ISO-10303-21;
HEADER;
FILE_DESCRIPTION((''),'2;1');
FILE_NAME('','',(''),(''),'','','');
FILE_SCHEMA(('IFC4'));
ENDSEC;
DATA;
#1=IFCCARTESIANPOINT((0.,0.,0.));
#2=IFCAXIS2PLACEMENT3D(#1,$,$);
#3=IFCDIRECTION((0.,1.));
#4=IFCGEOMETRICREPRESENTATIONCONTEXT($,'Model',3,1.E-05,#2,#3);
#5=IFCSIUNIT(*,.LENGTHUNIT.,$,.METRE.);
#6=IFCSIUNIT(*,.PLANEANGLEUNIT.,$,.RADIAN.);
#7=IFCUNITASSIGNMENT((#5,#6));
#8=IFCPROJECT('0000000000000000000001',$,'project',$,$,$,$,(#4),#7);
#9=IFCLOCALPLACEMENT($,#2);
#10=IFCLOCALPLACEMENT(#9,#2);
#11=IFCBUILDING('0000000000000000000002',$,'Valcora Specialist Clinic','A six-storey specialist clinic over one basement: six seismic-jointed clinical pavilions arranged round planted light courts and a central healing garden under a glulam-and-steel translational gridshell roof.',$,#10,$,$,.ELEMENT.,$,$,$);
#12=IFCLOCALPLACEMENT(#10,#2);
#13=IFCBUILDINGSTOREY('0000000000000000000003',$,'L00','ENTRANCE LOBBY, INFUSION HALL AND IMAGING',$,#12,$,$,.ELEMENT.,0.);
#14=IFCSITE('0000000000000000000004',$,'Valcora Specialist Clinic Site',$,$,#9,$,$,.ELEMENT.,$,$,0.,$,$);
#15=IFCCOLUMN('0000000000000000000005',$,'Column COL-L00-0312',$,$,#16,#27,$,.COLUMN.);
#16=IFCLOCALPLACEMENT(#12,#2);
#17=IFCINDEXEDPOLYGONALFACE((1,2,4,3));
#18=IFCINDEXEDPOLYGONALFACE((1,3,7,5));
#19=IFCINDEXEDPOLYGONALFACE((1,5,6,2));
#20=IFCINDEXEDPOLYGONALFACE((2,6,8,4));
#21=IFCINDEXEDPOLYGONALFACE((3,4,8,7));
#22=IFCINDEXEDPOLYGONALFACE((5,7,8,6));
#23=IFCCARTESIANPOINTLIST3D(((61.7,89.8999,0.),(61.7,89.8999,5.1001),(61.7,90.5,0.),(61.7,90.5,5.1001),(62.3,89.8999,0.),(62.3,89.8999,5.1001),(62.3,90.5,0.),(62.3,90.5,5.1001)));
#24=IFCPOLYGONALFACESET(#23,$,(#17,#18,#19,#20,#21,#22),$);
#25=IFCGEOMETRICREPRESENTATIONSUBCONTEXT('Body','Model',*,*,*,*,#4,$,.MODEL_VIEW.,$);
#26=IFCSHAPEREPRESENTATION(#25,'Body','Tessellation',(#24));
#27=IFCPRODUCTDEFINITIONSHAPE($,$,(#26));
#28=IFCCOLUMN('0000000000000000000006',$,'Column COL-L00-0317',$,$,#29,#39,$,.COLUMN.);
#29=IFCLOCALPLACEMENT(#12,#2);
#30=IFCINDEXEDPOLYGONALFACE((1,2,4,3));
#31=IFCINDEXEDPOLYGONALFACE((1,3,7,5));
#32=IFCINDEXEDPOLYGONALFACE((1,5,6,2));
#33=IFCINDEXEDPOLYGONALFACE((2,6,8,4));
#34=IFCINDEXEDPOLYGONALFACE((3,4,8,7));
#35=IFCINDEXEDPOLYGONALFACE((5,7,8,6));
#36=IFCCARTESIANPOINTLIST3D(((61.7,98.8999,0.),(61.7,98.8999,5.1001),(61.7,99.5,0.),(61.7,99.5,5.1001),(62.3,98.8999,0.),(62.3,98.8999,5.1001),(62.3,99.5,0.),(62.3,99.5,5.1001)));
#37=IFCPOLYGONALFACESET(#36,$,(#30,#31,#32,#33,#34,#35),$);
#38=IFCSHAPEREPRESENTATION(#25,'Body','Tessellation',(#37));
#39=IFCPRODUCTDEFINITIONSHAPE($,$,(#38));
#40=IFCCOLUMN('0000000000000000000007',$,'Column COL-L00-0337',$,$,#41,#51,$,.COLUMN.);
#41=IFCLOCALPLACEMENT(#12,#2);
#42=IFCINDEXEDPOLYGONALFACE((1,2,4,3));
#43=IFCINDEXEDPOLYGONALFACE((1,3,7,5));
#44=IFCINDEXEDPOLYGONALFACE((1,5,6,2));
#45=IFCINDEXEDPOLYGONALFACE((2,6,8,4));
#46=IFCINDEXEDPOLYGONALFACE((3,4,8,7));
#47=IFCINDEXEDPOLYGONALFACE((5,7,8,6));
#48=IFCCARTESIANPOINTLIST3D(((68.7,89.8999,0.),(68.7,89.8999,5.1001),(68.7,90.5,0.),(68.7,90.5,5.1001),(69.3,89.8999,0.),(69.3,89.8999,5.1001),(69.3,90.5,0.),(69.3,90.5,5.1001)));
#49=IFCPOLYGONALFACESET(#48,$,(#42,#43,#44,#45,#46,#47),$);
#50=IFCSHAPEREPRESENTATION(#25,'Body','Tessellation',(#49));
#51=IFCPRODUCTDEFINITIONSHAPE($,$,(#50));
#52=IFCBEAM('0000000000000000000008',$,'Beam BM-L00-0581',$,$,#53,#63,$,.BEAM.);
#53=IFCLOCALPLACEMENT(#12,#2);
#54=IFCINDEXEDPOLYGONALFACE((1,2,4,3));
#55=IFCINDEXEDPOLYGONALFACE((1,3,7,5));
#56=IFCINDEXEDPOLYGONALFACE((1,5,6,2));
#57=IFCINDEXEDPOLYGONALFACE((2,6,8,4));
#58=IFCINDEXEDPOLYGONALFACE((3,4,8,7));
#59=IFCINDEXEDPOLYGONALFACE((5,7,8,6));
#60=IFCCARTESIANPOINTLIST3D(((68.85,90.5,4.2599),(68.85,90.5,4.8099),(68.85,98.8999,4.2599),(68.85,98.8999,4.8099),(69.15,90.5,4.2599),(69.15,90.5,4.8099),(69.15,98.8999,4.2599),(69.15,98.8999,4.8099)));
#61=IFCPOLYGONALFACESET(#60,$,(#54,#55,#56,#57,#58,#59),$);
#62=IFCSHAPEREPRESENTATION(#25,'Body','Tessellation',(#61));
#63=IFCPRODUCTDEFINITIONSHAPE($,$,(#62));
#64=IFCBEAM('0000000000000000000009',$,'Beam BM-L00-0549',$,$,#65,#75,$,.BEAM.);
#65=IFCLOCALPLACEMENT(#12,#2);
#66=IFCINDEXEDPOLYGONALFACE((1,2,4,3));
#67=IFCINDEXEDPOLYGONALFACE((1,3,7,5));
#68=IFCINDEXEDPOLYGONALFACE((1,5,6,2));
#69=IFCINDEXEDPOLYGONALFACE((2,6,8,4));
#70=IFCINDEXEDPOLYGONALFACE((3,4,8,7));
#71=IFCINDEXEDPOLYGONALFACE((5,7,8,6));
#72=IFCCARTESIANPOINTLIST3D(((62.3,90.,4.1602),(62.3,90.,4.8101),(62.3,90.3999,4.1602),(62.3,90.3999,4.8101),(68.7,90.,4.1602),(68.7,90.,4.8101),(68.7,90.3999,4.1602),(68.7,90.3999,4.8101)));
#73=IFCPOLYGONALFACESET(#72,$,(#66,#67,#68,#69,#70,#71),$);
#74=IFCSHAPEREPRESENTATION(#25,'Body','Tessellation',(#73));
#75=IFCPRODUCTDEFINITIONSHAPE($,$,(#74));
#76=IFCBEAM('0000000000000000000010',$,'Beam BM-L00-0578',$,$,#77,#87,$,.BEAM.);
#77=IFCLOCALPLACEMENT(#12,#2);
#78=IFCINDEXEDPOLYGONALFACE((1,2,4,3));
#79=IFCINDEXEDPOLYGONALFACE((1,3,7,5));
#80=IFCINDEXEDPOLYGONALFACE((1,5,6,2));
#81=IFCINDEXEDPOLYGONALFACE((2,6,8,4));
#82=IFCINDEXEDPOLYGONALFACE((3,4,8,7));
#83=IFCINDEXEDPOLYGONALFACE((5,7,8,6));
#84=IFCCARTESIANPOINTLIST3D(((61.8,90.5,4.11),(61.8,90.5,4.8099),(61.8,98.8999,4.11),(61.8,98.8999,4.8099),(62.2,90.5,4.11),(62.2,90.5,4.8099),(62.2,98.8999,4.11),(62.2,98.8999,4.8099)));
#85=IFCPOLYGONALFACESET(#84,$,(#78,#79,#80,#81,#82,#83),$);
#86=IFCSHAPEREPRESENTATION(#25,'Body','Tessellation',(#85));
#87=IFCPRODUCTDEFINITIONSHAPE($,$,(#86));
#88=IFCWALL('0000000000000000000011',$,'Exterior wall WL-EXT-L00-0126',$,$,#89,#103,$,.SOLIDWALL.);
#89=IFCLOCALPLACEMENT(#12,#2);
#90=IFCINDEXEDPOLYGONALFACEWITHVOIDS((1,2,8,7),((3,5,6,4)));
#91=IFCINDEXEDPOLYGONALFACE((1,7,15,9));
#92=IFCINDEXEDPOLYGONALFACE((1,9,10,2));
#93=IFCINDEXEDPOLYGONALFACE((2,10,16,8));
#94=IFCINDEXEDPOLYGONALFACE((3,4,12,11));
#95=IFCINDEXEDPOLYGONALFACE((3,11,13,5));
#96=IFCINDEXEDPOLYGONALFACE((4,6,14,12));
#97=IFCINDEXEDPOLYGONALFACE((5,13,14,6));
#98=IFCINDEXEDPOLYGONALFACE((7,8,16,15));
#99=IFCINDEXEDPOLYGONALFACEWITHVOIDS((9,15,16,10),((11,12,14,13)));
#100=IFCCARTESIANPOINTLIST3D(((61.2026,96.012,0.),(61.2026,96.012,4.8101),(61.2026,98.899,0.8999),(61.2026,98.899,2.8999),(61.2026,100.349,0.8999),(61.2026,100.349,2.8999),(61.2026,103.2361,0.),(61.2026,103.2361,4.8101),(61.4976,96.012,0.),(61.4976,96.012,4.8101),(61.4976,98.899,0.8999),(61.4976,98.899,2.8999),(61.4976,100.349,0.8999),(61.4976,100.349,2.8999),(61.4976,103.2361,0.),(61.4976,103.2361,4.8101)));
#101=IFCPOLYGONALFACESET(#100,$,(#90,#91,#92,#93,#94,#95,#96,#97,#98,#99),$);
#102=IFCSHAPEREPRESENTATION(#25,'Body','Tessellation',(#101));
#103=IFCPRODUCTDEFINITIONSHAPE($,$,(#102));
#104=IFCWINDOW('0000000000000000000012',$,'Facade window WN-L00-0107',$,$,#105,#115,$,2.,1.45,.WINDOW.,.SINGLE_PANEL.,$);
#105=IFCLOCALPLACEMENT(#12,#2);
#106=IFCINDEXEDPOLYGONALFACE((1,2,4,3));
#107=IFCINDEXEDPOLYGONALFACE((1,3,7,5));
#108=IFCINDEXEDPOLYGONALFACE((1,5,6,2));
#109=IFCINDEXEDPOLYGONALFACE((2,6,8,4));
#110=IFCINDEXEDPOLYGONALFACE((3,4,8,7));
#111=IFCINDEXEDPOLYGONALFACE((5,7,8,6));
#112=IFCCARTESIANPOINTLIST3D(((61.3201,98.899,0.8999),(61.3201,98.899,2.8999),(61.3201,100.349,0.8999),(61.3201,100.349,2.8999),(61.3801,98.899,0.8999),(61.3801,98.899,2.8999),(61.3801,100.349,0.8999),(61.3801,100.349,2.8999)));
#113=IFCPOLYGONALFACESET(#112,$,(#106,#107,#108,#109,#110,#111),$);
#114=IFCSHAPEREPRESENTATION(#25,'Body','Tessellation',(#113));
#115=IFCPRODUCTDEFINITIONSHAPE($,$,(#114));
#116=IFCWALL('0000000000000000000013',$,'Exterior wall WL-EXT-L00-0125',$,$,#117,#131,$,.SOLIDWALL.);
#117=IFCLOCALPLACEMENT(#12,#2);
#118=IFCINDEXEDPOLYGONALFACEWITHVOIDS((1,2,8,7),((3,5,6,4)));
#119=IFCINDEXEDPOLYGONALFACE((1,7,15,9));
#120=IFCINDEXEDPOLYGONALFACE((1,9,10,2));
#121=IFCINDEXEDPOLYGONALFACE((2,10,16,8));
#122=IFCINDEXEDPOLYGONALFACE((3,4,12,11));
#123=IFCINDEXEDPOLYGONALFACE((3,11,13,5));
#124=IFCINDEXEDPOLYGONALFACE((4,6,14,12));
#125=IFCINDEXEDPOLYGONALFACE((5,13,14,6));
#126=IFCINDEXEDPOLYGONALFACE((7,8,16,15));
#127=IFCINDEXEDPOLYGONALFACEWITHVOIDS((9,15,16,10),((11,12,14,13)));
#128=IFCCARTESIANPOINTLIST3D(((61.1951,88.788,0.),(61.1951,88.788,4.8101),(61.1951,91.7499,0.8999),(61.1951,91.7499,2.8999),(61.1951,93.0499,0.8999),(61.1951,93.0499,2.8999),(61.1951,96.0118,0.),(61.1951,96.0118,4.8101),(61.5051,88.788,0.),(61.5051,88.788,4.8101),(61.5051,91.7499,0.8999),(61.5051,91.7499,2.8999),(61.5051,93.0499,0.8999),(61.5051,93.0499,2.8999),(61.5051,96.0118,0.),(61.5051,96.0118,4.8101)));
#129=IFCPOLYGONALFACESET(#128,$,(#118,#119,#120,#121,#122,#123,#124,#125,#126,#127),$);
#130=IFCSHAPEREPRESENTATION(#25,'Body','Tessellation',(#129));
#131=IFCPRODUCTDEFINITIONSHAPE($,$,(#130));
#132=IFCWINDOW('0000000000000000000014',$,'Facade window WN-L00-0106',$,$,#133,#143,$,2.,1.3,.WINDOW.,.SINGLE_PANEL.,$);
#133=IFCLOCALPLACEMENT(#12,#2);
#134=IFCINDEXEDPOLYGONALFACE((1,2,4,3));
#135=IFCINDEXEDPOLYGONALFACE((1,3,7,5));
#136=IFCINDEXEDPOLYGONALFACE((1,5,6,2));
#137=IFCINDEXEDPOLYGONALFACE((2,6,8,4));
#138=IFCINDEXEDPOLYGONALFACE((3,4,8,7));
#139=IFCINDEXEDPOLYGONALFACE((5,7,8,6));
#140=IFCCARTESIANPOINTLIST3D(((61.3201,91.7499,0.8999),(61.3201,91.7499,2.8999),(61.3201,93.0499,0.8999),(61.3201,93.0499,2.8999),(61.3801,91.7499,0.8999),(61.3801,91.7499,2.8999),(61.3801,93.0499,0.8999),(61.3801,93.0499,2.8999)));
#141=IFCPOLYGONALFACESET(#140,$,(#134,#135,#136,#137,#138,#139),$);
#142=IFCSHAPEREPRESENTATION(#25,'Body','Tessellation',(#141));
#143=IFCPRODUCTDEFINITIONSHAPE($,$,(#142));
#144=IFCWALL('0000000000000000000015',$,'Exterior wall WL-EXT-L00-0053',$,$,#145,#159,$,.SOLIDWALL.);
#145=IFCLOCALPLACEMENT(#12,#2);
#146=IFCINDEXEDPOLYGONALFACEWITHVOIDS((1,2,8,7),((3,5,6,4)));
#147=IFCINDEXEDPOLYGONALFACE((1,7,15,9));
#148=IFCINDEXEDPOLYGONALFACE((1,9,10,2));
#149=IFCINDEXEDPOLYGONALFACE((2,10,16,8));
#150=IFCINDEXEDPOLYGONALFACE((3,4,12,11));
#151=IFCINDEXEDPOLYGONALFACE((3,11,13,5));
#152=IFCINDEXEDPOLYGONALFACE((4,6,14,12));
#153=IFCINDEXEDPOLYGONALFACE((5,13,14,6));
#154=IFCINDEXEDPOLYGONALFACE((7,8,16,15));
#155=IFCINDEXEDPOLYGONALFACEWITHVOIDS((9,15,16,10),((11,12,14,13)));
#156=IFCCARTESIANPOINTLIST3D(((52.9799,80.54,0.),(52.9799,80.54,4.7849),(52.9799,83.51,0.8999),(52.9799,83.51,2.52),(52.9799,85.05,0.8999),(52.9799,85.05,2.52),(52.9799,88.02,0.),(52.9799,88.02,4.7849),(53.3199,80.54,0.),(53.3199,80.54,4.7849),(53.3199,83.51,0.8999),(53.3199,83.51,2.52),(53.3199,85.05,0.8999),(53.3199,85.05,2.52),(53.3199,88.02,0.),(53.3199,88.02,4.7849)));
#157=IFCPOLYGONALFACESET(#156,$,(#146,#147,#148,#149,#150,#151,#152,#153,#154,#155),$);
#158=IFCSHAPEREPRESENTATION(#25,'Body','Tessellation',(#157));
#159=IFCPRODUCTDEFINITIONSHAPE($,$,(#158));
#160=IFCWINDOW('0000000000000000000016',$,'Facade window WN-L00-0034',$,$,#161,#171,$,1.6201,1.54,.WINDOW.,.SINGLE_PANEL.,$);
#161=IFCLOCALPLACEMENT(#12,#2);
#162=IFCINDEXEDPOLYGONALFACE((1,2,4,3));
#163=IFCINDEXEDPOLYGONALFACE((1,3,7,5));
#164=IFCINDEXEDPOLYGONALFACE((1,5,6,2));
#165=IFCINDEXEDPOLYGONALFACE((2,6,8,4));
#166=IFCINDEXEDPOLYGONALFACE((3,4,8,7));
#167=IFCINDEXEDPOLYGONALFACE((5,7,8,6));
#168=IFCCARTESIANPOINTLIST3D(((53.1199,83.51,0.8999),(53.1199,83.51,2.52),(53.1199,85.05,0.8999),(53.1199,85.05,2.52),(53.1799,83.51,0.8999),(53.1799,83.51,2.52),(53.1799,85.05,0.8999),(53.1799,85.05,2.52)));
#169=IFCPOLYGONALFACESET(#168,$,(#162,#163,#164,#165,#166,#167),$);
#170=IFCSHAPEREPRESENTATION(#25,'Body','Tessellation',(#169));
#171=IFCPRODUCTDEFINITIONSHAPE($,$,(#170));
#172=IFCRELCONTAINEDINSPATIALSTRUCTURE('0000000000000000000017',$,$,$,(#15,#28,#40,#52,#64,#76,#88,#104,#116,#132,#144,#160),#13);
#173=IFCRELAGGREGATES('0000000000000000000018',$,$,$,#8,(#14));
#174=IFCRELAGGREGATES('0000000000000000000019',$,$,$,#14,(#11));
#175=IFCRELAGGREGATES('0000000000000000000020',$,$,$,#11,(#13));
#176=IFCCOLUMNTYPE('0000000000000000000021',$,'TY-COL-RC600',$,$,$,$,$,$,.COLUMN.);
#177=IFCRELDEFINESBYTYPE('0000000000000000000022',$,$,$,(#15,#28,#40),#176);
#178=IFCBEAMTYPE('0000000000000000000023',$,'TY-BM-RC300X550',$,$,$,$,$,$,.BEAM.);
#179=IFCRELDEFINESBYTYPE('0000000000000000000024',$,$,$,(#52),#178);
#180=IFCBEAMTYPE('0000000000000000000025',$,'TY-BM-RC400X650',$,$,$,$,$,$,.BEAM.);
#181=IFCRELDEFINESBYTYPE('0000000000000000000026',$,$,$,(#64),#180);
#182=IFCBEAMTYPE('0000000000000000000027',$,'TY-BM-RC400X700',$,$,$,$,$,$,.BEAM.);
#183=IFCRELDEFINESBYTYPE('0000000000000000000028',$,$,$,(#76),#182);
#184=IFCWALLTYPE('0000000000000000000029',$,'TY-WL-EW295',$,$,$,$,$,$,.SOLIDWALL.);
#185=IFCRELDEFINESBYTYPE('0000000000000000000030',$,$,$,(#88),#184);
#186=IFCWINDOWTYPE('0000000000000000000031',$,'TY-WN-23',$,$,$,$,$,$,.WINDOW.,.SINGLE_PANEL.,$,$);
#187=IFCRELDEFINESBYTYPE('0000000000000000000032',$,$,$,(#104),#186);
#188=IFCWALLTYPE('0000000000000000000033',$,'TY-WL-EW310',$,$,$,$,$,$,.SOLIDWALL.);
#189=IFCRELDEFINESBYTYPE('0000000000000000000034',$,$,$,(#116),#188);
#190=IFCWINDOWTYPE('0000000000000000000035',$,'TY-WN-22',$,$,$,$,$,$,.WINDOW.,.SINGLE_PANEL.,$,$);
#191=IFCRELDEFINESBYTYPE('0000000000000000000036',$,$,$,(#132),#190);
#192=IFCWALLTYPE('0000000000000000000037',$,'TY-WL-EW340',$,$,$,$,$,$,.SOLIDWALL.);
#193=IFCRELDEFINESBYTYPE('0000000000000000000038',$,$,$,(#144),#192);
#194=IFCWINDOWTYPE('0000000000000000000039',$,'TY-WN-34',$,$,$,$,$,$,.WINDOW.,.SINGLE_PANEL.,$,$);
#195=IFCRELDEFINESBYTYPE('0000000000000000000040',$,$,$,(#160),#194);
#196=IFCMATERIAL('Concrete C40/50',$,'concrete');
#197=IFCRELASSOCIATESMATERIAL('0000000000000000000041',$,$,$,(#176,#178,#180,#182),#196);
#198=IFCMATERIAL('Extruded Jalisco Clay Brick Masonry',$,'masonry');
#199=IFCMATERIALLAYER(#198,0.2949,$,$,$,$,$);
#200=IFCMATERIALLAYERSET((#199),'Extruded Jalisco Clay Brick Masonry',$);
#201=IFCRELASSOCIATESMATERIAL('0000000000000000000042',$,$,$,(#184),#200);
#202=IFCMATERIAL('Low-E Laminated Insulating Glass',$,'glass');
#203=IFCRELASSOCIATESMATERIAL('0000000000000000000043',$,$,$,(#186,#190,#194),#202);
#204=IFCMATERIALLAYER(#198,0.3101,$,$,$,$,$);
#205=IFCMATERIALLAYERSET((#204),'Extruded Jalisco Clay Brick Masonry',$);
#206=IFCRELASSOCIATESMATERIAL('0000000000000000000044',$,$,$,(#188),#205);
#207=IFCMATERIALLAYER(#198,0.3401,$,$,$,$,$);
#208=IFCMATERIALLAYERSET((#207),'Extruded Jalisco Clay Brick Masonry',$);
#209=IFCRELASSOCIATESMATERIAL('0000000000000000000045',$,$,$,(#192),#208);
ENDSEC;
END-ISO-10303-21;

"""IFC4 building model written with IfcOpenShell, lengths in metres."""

from ifc_helpers import new_model, si_unit, direction, frame, frame_2d, origin, origin_2d, place, context, subcontext, project, spatial, rectangle, extrude, material, layer, layer_set, material_profile, profile_set, type_object, element, fill, save


model = new_model("IFC4")

# Units and contexts
model_context = context("Model", 3, precision=1e-05, world=origin(), true_north=direction((0.0, 1.0)))
body_context = subcontext(model_context, "Body", "Model", "MODEL_VIEW")
ifc_project = project(units=[si_unit("LENGTHUNIT", "METRE"), si_unit("PLANEANGLEUNIT", "RADIAN")], contexts=[model_context])

# Site, building, storey
site_placement = place(None, origin())
site = spatial("IfcSite", under=ifc_project, at=site_placement, Name="Valcora Specialist Clinic Site", CompositionType="ELEMENT", RefElevation=0.0)
building_placement = place(site_placement, origin())
building = spatial("IfcBuilding", under=site, at=building_placement, Name="Valcora Specialist Clinic", Description="A six-storey specialist clinic over one basement: six seismic-jointed clinical pavilions arranged round planted light courts and a central healing garden under a glulam-and-steel translational gridshell roof.", CompositionType="ELEMENT")
storey_placement = place(building_placement, origin())
storey = spatial("IfcBuildingStorey", under=building, at=storey_placement, Name="L00", Description="ENTRANCE LOBBY, INFUSION HALL AND IMAGING", CompositionType="ELEMENT", Elevation=0.0)

# Columns
ifc_material_1 = material(Name="Concrete C40/50", Category="concrete")
ifc_material_profile_1 = material_profile(ifc_material_1, rectangle(XDim=0.6001, YDim=0.6001, at=origin_2d()), Name="RC-COL-600X600")
ifc_profile_set_1 = profile_set([ifc_material_profile_1], Name="Concrete C40/50")
column_type = type_object("IfcColumnType", Name="TY-COL-RC600", PredefinedType="COLUMN", material=ifc_profile_set_1)
for number, where, z_axis, x_axis, name in (
    (1, (62.0, 90.2, 0.0), (0.0, 0.0, 1.0), (1.0, 0.0, 0.0), "Column COL-L00-0312"),
    (2, (62.0, 99.2, 0.0), (0.0, 0.0, 1.0), (1.0, 0.0, 0.0), "Column COL-L00-0317"),
    (3, (69.0, 90.2, 0.0), (0.0, 0.0, 1.0), (1.0, 0.0, 0.0), "Column COL-L00-0337"),
):
    element("IfcColumn", number, at=place(storey_placement, frame(where, z_axis=z_axis, x_axis=x_axis)), inside=storey, type_object=column_type, Name=name, PredefinedType="COLUMN", context=body_context, shape_type="SweptSolid", body=[
        extrude(rectangle(XDim=0.6001, YDim=0.6001, at=origin_2d()), origin(), (0.0, 0.0, 1.0), 5.1001),
    ])

# Beams
ifc_material_profile_2 = material_profile(ifc_material_1, rectangle(XDim=0.3, YDim=0.55, at=origin_2d()), Name="RC-BM-300X550")
ifc_profile_set_2 = profile_set([ifc_material_profile_2], Name="Concrete C40/50")
beam_type_1 = type_object("IfcBeamType", Name="TY-BM-RC300X550", PredefinedType="BEAM", material=ifc_profile_set_2)
beam_1_placement = place(storey_placement, frame((69.0, 90.5, 4.5349), z_axis=(0.0, 1.0, 0.0), x_axis=(-1.0, 0.0, 0.0)))
element("IfcBeam", 4, at=beam_1_placement, inside=storey, type_object=beam_type_1, Name="Beam BM-L00-0581", PredefinedType="BEAM", context=body_context, shape_type="SweptSolid", body=[
    extrude(rectangle(XDim=0.3, YDim=0.55, at=origin_2d()), origin(), (0.0, 0.0, 1.0), 8.3999),
])
ifc_material_profile_3 = material_profile(ifc_material_1, rectangle(XDim=0.3999, YDim=0.6499, at=origin_2d()), Name="RC-BM-400X650")
ifc_profile_set_3 = profile_set([ifc_material_profile_3], Name="Concrete C40/50")
beam_type_2 = type_object("IfcBeamType", Name="TY-BM-RC400X650", PredefinedType="BEAM", material=ifc_profile_set_3)
beam_2_placement = place(storey_placement, frame((62.3, 90.2, 4.4851), z_axis=(1.0, 0.0, 0.0), x_axis=(0.0, 1.0, 0.0)))
element("IfcBeam", 5, at=beam_2_placement, inside=storey, type_object=beam_type_2, Name="Beam BM-L00-0549", PredefinedType="BEAM", context=body_context, shape_type="SweptSolid", body=[
    extrude(rectangle(XDim=0.3999, YDim=0.6499, at=origin_2d()), origin(), (0.0, 0.0, 1.0), 6.3999),
])
ifc_material_profile_4 = material_profile(ifc_material_1, rectangle(XDim=0.3999, YDim=0.7, at=origin_2d()), Name="RC-BM-400X700")
ifc_profile_set_4 = profile_set([ifc_material_profile_4], Name="Concrete C40/50")
beam_type_3 = type_object("IfcBeamType", Name="TY-BM-RC400X700", PredefinedType="BEAM", material=ifc_profile_set_4)
beam_3_placement = place(storey_placement, frame((62.0, 90.5, 4.46), z_axis=(0.0, 1.0, 0.0), x_axis=(-1.0, 0.0, 0.0)))
element("IfcBeam", 6, at=beam_3_placement, inside=storey, type_object=beam_type_3, Name="Beam BM-L00-0578", PredefinedType="BEAM", context=body_context, shape_type="SweptSolid", body=[
    extrude(rectangle(XDim=0.3999, YDim=0.7, at=origin_2d()), origin(), (0.0, 0.0, 1.0), 8.3999),
])

# Walls, openings, windows
ifc_material_2 = material(Name="Extruded Jalisco Clay Brick Masonry", Category="masonry")
ifc_layer_1 = layer(ifc_material_2, 0.2949)
ifc_layer_set_1 = layer_set([ifc_layer_1], Name="Extruded Jalisco Clay Brick Masonry")
wall_type_1 = type_object("IfcWallType", Name="TY-WL-EW295", PredefinedType="SOLIDWALL", material=ifc_layer_set_1)
wall_1_placement = place(storey_placement, frame((61.3501, 96.012, 0.0), z_axis=(0.0, 0.0, 1.0), x_axis=(0.0, 1.0, 0.0)))
wall_1 = element("IfcWall", 7, at=wall_1_placement, inside=storey, type_object=wall_type_1, Name="Exterior wall WL-EXT-L00-0126", PredefinedType="SOLIDWALL", context=body_context, shape_type="SweptSolid", body=[
    extrude(rectangle(XDim=7.2241, YDim=0.2949, at=frame_2d((3.6121, 0.0))), origin(), (0.0, 0.0, 1.0), 4.8101),
])
opening_1_placement = place(wall_1_placement, frame((2.887, 0.0, 0.8999)))
opening_1 = element("IfcOpeningElement", 8, at=opening_1_placement, cuts=wall_1, PredefinedType="OPENING", context=body_context, shape_type="SweptSolid", body=[
    extrude(rectangle(XDim=1.45, YDim=2.0, at=frame_2d((0.7251, 1.0))), frame((0.0, 0.1575, 0.0), z_axis=(0.0, -1.0, 0.0), x_axis=(1.0, 0.0, 0.0)), (0.0, 0.0, 1.0), 0.3149),
])
ifc_material_3 = material(Name="Low-E Laminated Insulating Glass", Category="glass")
window_type_1 = type_object("IfcWindowType", Name="TY-WN-23", PartitioningType="SINGLE_PANEL", PredefinedType="WINDOW", material=ifc_material_3)
window_1_placement = place(opening_1_placement, origin())
window_1 = element("IfcWindow", 9, at=window_1_placement, inside=storey, type_object=window_type_1, Name="Facade window WN-L00-0107", OverallHeight=2.0, OverallWidth=1.45, PartitioningType="SINGLE_PANEL", PredefinedType="WINDOW", context=body_context, shape_type="SweptSolid", body=[
    extrude(rectangle(XDim=1.45, YDim=2.0, at=frame_2d((0.7251, 1.0))), frame((0.0, 0.03, 0.0), z_axis=(0.0, -1.0, 0.0), x_axis=(1.0, 0.0, 0.0)), (0.0, 0.0, 1.0), 0.0601),
])
fill(opening_1, window_1)
ifc_layer_2 = layer(ifc_material_2, 0.3101)
ifc_layer_set_2 = layer_set([ifc_layer_2], Name="Extruded Jalisco Clay Brick Masonry")
wall_type_2 = type_object("IfcWallType", Name="TY-WL-EW310", PredefinedType="SOLIDWALL", material=ifc_layer_set_2)
wall_2_placement = place(storey_placement, frame((61.3501, 88.7881, 0.0), z_axis=(0.0, 0.0, 1.0), x_axis=(0.0, 1.0, 0.0)))
wall_2 = element("IfcWall", 10, at=wall_2_placement, inside=storey, type_object=wall_type_2, Name="Exterior wall WL-EXT-L00-0125", PredefinedType="SOLIDWALL", context=body_context, shape_type="SweptSolid", body=[
    extrude(rectangle(XDim=7.2239, YDim=0.3101, at=frame_2d((3.6118, 0.0))), origin(), (0.0, 0.0, 1.0), 4.8101),
])
opening_2_placement = place(wall_2_placement, frame((2.9619, 0.0, 0.8999)))
opening_2 = element("IfcOpeningElement", 11, at=opening_2_placement, cuts=wall_2, PredefinedType="OPENING", context=body_context, shape_type="SweptSolid", body=[
    extrude(rectangle(XDim=1.3, YDim=2.0, at=frame_2d((0.6499, 1.0))), frame((0.0, 0.165, 0.0), z_axis=(0.0, -1.0, 0.0), x_axis=(1.0, 0.0, 0.0)), (0.0, 0.0, 1.0), 0.3301),
])
window_type_2 = type_object("IfcWindowType", Name="TY-WN-22", PartitioningType="SINGLE_PANEL", PredefinedType="WINDOW", material=ifc_material_3)
window_2_placement = place(opening_2_placement, origin())
window_2 = element("IfcWindow", 12, at=window_2_placement, inside=storey, type_object=window_type_2, Name="Facade window WN-L00-0106", OverallHeight=2.0, OverallWidth=1.3, PartitioningType="SINGLE_PANEL", PredefinedType="WINDOW", context=body_context, shape_type="SweptSolid", body=[
    extrude(rectangle(XDim=1.3, YDim=2.0, at=frame_2d((0.6499, 1.0))), frame((0.0, 0.03, 0.0), z_axis=(0.0, -1.0, 0.0), x_axis=(1.0, 0.0, 0.0)), (0.0, 0.0, 1.0), 0.0601),
])
fill(opening_2, window_2)
ifc_layer_3 = layer(ifc_material_2, 0.3401)
ifc_layer_set_3 = layer_set([ifc_layer_3], Name="Extruded Jalisco Clay Brick Masonry")
wall_type_3 = type_object("IfcWallType", Name="TY-WL-EW340", PredefinedType="SOLIDWALL", material=ifc_layer_set_3)
wall_3_placement = place(storey_placement, frame((53.1499, 88.02, 0.0), z_axis=(0.0, 0.0, 1.0), x_axis=(0.0, -1.0, 0.0)))
wall_3 = element("IfcWall", 13, at=wall_3_placement, inside=storey, type_object=wall_type_3, Name="Exterior wall WL-EXT-L00-0053", PredefinedType="SOLIDWALL", context=body_context, shape_type="SweptSolid", body=[
    extrude(rectangle(XDim=7.48, YDim=0.3401, at=frame_2d((3.74, 0.0))), origin(), (0.0, 0.0, 1.0), 4.7849),
])
opening_3_placement = place(wall_3_placement, frame((2.97, 0.0, 0.8999)))
opening_3 = element("IfcOpeningElement", 14, at=opening_3_placement, cuts=wall_3, PredefinedType="OPENING", context=body_context, shape_type="SweptSolid", body=[
    extrude(rectangle(XDim=1.54, YDim=1.6201, at=frame_2d((0.77, 0.8101))), frame((0.0, 0.1799, 0.0), z_axis=(0.0, -1.0, 0.0), x_axis=(1.0, 0.0, 0.0)), (0.0, 0.0, 1.0), 0.3601),
])
window_type_3 = type_object("IfcWindowType", Name="TY-WN-34", PartitioningType="SINGLE_PANEL", PredefinedType="WINDOW", material=ifc_material_3)
window_3_placement = place(opening_3_placement, origin())
window_3 = element("IfcWindow", 15, at=window_3_placement, inside=storey, type_object=window_type_3, Name="Facade window WN-L00-0034", OverallHeight=1.6201, OverallWidth=1.54, PartitioningType="SINGLE_PANEL", PredefinedType="WINDOW", context=body_context, shape_type="SweptSolid", body=[
    extrude(rectangle(XDim=1.54, YDim=1.6201, at=frame_2d((0.77, 0.8101))), frame((0.0, 0.03, 0.0), z_axis=(0.0, -1.0, 0.0), x_axis=(1.0, 0.0, 0.0)), (0.0, 0.0, 1.0), 0.0601),
])
fill(opening_3, window_3)

save(model, "model.ifc")
